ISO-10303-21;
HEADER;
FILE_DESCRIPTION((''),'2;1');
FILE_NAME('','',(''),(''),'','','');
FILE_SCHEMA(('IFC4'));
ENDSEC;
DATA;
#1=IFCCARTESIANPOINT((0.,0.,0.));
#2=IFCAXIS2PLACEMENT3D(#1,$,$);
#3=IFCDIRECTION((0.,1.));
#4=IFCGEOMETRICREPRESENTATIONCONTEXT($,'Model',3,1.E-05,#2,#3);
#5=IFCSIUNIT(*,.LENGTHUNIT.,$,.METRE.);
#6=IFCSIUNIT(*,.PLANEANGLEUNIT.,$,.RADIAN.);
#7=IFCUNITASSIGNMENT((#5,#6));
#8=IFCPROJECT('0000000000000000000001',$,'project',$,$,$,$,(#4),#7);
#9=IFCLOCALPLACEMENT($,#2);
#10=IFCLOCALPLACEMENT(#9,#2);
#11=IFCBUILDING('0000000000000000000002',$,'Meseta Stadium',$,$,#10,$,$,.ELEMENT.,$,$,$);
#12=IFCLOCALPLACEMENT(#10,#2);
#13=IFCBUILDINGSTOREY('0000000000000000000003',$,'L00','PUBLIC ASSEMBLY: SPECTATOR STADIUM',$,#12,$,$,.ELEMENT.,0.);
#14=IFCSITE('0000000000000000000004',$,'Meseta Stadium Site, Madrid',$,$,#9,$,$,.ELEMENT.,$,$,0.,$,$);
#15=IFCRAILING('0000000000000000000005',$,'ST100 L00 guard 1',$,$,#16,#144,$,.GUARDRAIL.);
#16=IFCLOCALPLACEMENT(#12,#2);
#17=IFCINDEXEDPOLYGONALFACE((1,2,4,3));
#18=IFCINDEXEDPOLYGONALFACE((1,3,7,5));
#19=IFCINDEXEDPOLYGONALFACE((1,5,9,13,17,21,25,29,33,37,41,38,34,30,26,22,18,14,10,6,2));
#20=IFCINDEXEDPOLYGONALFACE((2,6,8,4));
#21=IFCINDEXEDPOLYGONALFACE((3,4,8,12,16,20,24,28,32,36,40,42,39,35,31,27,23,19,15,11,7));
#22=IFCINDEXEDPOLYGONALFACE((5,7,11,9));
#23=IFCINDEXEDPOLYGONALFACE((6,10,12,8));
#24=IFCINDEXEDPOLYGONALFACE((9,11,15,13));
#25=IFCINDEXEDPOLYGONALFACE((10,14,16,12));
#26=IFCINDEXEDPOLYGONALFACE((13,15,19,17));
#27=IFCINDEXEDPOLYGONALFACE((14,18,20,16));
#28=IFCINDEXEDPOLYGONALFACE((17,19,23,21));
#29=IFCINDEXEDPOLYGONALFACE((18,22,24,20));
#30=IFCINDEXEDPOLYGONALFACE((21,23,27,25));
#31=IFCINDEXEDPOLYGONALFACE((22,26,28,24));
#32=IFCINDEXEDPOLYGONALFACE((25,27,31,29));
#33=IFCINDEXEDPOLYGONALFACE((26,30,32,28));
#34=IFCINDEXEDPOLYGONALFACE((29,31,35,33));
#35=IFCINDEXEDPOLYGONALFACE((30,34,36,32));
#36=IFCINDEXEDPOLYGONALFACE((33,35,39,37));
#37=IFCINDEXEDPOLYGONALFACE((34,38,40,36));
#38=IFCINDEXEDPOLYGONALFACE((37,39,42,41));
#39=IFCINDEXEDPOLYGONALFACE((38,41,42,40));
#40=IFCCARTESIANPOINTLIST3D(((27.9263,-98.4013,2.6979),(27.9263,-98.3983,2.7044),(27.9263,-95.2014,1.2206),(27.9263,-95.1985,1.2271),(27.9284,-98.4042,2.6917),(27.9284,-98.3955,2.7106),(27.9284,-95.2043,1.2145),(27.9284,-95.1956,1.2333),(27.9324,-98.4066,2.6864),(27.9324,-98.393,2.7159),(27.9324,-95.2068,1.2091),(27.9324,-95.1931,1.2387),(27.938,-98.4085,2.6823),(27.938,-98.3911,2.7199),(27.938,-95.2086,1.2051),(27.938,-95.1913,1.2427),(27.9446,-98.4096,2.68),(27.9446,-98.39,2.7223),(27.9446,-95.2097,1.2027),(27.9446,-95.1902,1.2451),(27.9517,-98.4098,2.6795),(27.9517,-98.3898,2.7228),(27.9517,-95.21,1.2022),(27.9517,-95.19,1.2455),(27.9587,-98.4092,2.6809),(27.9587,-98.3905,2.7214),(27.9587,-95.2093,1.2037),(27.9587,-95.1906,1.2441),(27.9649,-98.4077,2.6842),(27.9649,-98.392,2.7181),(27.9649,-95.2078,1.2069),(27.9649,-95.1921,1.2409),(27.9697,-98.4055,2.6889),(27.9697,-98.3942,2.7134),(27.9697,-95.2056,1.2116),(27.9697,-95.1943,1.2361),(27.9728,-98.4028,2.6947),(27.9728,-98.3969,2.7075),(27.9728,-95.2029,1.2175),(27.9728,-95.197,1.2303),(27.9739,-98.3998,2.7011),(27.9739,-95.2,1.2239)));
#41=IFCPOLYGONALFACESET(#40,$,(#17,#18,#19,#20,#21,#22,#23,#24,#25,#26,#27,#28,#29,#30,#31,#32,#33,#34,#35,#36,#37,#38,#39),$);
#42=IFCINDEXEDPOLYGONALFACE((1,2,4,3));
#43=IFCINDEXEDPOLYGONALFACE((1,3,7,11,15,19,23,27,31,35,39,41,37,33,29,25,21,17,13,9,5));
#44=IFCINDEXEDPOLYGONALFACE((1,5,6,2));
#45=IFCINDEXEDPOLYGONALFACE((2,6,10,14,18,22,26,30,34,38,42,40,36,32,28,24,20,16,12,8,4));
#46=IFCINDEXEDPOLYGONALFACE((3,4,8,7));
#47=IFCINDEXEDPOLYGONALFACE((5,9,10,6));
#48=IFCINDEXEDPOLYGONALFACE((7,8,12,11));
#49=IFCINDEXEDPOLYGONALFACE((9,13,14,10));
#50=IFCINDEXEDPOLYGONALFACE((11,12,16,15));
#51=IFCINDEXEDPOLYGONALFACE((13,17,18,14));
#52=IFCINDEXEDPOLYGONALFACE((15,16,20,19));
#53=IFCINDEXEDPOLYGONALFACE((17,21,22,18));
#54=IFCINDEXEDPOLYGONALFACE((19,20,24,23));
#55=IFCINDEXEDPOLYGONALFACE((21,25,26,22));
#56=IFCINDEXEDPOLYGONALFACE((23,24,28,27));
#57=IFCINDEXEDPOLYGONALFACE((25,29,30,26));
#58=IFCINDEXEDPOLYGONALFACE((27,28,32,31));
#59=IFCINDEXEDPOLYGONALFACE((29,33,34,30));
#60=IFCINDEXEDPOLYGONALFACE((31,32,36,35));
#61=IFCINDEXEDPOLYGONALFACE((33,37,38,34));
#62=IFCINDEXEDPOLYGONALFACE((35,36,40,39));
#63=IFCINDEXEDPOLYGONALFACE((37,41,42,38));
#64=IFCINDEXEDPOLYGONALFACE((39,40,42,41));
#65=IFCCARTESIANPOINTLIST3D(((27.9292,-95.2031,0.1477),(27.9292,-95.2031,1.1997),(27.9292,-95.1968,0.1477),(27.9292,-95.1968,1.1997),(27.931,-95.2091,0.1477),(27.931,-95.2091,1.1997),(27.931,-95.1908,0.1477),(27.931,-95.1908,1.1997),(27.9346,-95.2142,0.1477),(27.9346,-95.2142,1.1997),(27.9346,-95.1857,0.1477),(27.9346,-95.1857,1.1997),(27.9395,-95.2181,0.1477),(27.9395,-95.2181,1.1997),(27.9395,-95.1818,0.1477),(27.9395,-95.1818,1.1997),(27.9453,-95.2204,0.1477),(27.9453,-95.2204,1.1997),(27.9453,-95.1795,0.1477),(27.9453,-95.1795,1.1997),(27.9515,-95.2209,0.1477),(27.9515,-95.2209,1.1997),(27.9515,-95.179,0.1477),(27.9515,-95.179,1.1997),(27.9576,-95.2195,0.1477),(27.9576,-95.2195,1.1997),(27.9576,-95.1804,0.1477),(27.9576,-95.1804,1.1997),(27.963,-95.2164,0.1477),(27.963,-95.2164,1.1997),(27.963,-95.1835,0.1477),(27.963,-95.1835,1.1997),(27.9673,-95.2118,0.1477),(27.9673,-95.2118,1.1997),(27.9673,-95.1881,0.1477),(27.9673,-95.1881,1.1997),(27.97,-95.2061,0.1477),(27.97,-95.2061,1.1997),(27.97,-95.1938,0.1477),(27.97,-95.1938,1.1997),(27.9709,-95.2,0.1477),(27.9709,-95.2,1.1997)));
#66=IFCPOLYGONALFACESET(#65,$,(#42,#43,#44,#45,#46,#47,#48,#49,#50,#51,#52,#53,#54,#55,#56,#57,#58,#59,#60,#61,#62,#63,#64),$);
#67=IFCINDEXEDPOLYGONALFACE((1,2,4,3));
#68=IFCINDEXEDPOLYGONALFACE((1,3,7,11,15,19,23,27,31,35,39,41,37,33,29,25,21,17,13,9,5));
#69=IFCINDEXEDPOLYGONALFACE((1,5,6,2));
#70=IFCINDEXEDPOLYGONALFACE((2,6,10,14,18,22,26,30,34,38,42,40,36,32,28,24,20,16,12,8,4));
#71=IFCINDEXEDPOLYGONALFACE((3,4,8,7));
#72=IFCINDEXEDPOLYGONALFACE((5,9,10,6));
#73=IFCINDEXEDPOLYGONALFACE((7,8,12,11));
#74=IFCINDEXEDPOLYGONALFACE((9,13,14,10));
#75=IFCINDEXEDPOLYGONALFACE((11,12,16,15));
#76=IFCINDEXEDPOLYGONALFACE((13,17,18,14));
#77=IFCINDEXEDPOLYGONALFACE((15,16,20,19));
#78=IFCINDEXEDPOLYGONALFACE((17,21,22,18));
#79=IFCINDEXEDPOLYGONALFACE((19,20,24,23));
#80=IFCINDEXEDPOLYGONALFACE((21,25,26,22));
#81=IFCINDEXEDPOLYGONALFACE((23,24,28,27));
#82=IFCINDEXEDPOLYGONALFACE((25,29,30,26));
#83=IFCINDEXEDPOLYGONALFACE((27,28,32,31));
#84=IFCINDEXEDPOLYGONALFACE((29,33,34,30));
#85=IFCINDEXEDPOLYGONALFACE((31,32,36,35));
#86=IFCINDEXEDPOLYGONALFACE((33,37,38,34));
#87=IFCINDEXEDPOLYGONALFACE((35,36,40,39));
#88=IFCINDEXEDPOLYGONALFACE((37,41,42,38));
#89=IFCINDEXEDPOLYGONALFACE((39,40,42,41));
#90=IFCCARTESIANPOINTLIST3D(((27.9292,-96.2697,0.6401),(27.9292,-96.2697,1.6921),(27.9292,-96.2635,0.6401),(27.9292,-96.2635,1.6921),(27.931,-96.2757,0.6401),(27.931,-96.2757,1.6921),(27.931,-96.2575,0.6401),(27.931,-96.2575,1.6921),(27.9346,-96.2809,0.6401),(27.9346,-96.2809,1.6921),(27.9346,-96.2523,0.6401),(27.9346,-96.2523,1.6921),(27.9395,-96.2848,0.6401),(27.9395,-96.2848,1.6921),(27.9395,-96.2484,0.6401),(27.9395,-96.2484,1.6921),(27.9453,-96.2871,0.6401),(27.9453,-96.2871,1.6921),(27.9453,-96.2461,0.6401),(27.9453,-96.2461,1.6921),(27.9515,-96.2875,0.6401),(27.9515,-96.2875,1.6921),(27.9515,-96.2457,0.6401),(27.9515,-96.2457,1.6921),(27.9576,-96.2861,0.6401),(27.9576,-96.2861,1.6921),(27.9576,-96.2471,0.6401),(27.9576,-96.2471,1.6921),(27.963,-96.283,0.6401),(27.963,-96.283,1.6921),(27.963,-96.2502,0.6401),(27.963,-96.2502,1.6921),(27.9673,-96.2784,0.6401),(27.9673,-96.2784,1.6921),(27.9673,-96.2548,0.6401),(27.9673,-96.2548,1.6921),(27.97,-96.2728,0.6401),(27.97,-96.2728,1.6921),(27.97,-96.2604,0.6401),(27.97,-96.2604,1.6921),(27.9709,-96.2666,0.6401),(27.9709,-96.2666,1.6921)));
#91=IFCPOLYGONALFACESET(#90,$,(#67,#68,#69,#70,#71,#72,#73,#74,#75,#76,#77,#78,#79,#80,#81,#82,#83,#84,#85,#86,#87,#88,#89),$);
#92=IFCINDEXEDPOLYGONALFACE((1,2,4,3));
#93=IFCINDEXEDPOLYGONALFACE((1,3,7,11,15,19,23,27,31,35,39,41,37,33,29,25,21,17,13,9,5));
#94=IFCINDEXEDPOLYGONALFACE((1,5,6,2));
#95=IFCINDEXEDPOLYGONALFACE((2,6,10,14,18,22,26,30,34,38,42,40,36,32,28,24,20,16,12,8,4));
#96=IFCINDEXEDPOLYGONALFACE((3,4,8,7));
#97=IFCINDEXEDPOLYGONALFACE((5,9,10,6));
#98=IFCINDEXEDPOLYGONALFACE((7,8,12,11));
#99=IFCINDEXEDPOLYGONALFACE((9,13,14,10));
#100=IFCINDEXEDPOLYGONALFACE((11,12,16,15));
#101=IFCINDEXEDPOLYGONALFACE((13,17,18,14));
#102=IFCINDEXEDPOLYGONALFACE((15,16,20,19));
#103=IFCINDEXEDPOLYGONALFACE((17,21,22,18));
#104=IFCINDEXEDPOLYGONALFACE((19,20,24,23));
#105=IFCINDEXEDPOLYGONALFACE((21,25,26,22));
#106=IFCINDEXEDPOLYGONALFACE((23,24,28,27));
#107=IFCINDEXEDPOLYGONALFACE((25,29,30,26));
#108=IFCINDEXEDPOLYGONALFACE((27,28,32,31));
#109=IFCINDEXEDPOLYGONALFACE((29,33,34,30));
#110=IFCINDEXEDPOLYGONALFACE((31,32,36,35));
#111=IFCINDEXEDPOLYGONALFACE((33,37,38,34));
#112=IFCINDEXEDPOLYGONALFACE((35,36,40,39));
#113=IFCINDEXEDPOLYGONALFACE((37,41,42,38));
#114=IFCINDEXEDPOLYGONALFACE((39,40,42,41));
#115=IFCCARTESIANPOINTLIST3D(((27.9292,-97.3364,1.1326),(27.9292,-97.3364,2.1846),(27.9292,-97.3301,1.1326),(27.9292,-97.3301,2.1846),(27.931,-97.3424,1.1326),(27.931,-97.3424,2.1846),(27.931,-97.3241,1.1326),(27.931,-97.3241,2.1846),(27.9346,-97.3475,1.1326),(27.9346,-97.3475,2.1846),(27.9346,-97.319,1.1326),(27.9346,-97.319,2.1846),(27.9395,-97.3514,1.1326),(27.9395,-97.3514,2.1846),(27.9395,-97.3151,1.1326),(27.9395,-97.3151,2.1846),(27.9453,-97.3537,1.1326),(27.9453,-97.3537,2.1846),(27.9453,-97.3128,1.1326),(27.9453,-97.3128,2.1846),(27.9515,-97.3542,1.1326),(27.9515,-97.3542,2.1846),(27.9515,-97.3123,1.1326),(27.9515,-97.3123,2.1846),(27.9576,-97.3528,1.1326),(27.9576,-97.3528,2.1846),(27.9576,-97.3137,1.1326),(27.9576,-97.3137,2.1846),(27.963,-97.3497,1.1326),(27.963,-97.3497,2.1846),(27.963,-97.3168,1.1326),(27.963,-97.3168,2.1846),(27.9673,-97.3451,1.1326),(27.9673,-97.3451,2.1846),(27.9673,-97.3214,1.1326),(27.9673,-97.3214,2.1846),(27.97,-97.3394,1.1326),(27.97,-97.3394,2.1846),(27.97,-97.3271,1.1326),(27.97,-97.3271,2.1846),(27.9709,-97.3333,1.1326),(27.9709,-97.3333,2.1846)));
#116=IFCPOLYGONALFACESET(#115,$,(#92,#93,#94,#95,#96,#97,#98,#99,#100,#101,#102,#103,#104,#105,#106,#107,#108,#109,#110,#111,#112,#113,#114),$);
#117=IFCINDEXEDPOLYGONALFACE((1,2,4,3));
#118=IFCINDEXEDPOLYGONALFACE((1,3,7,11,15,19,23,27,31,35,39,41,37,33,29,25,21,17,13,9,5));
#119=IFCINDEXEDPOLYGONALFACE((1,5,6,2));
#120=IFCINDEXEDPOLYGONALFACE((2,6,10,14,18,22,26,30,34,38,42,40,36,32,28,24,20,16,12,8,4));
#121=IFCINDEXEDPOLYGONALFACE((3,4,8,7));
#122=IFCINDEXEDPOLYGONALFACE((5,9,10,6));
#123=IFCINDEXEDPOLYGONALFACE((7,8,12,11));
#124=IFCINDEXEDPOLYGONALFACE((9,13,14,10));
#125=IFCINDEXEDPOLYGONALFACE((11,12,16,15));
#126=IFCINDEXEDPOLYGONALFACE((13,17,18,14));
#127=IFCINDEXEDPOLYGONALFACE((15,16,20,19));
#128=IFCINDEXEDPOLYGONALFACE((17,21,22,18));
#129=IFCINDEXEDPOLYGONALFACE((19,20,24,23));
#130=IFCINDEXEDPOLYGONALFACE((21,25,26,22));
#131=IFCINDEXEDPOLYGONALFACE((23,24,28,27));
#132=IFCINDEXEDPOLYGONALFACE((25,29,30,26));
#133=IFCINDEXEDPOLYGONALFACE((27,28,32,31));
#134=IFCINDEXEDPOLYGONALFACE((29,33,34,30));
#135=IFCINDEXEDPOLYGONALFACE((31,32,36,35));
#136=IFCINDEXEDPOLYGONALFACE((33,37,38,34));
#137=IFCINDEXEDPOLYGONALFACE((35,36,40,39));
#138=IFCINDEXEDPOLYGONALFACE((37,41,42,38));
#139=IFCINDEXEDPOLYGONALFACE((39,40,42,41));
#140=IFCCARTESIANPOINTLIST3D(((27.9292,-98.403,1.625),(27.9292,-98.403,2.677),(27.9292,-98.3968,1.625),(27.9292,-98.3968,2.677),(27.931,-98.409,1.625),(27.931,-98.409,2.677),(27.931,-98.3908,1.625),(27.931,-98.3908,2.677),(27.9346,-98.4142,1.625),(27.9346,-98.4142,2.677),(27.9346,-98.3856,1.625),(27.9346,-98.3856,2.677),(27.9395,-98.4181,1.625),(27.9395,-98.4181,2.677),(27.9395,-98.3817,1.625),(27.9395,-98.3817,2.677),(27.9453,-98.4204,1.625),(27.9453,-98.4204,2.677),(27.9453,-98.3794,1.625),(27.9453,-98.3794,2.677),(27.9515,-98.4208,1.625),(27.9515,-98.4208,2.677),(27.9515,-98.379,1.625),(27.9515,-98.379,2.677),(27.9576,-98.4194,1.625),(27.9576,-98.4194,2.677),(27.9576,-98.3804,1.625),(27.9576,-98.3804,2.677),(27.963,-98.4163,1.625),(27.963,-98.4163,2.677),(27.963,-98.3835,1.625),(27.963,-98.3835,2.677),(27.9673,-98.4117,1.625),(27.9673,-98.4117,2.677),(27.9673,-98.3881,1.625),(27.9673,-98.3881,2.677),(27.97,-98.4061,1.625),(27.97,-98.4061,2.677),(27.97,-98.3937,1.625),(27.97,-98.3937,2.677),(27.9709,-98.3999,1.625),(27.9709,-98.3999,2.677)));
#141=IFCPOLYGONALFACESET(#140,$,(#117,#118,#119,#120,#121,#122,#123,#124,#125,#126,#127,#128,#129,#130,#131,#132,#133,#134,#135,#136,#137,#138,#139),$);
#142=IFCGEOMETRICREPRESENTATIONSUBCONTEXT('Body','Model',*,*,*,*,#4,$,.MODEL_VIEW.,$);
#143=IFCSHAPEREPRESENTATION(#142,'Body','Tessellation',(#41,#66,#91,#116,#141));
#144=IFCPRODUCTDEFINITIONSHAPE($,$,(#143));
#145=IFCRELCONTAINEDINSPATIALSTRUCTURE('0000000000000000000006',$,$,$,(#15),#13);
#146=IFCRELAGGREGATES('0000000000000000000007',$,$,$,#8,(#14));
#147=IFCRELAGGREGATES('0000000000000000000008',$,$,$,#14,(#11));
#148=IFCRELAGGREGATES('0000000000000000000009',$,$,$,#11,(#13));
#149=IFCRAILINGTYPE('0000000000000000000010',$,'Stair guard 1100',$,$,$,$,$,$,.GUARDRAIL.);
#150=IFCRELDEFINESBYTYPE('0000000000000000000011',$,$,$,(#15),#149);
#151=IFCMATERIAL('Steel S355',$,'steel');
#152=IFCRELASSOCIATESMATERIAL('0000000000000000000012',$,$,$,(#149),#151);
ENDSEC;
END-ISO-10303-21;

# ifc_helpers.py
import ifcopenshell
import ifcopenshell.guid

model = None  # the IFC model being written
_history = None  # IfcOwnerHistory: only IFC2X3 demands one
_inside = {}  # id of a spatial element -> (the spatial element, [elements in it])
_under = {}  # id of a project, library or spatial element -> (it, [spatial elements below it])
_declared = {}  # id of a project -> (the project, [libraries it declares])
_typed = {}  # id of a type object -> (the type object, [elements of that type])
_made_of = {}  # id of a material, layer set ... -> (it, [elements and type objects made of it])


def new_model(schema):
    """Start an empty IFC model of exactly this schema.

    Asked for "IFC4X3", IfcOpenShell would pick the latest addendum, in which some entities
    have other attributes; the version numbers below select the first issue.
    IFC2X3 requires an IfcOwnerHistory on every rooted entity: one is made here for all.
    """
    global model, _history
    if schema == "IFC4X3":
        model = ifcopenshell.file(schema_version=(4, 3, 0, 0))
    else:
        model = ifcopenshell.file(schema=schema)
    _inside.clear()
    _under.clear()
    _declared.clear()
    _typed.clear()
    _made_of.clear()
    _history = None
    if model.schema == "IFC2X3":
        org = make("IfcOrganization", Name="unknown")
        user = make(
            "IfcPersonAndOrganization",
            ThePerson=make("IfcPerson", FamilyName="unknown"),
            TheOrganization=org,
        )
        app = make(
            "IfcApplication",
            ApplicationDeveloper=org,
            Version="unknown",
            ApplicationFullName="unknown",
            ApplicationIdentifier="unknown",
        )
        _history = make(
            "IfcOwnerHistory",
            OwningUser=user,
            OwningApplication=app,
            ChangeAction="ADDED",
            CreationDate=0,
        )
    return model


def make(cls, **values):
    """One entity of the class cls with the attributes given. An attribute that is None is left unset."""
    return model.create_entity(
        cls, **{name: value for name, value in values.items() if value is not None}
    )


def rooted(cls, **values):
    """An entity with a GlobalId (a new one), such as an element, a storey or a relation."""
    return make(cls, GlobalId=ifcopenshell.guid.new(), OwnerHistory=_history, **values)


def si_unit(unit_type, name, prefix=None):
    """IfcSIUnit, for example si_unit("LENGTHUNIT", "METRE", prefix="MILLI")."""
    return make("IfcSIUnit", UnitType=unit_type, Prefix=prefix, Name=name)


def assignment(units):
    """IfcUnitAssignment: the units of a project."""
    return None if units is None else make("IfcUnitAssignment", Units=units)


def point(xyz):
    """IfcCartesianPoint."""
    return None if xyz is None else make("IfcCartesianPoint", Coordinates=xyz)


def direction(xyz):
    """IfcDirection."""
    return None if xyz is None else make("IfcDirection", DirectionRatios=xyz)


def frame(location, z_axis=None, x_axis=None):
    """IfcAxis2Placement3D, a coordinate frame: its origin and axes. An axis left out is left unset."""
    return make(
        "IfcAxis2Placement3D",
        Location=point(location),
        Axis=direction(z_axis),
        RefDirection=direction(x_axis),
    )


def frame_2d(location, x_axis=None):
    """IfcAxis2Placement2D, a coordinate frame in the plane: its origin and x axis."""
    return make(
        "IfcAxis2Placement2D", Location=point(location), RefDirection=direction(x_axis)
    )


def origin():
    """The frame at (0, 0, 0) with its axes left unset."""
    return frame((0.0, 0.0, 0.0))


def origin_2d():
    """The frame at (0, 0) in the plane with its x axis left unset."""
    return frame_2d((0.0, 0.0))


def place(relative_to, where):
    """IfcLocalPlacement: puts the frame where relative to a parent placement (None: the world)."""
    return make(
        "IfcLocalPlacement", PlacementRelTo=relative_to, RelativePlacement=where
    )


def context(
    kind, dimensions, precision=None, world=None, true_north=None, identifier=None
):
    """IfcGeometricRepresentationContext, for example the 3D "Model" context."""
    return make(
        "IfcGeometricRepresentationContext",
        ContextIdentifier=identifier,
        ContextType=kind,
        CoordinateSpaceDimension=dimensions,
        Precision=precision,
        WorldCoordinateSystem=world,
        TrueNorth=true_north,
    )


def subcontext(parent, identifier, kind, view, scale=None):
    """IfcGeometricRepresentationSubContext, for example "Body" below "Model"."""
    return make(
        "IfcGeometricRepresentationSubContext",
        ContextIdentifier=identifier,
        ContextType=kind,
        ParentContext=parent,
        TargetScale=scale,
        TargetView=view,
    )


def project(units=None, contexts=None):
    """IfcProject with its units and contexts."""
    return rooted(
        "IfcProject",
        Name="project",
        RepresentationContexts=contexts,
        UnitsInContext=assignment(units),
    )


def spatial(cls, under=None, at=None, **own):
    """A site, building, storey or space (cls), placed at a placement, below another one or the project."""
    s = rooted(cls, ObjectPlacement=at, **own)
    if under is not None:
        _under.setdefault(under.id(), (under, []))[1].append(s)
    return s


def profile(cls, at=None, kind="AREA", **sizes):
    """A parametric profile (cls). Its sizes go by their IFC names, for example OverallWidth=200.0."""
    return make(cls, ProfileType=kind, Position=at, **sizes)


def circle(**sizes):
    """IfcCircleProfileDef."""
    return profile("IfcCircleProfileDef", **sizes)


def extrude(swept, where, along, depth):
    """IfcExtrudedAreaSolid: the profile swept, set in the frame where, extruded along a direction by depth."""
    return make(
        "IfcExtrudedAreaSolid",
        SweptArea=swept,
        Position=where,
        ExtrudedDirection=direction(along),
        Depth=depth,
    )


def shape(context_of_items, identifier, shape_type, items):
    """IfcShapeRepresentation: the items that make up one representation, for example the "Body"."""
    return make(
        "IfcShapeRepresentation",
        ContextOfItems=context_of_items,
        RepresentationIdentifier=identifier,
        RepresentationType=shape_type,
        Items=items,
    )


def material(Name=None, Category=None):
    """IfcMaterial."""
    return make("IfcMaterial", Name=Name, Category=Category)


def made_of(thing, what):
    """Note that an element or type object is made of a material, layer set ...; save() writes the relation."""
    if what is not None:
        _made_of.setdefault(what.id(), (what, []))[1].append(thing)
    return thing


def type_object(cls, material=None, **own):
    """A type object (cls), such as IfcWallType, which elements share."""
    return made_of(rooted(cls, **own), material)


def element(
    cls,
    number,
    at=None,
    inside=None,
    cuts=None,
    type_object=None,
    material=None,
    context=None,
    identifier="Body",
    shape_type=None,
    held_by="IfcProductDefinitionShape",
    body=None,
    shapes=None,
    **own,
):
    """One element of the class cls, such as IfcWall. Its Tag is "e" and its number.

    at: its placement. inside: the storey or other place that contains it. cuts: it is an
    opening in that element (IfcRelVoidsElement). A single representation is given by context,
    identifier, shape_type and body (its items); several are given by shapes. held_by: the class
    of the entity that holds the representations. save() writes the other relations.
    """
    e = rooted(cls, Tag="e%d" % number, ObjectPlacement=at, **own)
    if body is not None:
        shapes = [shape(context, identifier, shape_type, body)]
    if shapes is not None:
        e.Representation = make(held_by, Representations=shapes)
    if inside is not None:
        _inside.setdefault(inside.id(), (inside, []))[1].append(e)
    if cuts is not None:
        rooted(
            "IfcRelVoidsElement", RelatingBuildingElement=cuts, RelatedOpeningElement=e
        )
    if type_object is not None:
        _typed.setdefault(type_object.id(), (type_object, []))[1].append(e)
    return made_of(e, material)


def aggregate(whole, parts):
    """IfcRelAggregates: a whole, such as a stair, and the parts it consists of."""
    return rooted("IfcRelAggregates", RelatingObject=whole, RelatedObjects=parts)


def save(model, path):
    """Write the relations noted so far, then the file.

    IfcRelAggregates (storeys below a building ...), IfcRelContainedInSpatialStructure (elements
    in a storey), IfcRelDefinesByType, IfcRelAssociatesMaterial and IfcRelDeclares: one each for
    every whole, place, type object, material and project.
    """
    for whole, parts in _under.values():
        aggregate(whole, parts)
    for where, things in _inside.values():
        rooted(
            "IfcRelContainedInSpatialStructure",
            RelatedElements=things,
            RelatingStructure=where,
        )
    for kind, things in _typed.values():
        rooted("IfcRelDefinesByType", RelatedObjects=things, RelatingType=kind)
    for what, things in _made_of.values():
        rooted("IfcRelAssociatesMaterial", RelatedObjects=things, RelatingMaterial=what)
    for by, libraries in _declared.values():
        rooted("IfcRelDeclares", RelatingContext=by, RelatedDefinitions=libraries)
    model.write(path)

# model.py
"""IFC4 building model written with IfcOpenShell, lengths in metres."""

from ifc_helpers import new_model, si_unit, direction, frame, origin, origin_2d, place, context, subcontext, project, spatial, circle, extrude, material, type_object, element, save


model = new_model("IFC4")

# Units and contexts
model_context = context("Model", 3, precision=1e-05, world=origin(), true_north=direction((0.0, 1.0)))
body_context = subcontext(model_context, "Body", "Model", "MODEL_VIEW")
ifc_project = project(units=[si_unit("LENGTHUNIT", "METRE"), si_unit("PLANEANGLEUNIT", "RADIAN")], contexts=[model_context])

# Site, building, storey
site_placement = place(None, origin())
site = spatial("IfcSite", under=ifc_project, at=site_placement, Name="Meseta Stadium Site, Madrid", CompositionType="ELEMENT", RefElevation=0.0)
building_placement = place(site_placement, origin())
building = spatial("IfcBuilding", under=site, at=building_placement, Name="Meseta Stadium", CompositionType="ELEMENT")
storey_placement = place(building_placement, origin())
storey = spatial("IfcBuildingStorey", under=building, at=storey_placement, Name="L00", Description="PUBLIC ASSEMBLY: SPECTATOR STADIUM", CompositionType="ELEMENT", Elevation=0.0)

# Railing
ifc_material_1 = material(Name="Steel S355", Category="steel")
railing_type_1 = type_object("IfcRailingType", Name="Stair guard 1100", PredefinedType="GUARDRAIL", material=ifc_material_1)
railing_1_placement = place(storey_placement, frame((27.95, -95.2, 0.1477)))
element("IfcRailing", 1, at=railing_1_placement, inside=storey, type_object=railing_type_1, Name="ST100 L00 guard 1", PredefinedType="GUARDRAIL", context=body_context, shape_type="SweptSolid", body=[
    extrude(circle(Radius=0.0239, at=origin_2d()), frame((0.0, 0.0, 1.0762), z_axis=(0.0, -0.907917, 0.41915), x_axis=(1.0, 0.0, 0.0)), (0.0, 0.0, 1.0), 3.5244),
    extrude(circle(Radius=0.021, at=origin_2d()), origin(), (0.0, 0.0, 1.0), 1.052),
    extrude(circle(Radius=0.021, at=origin_2d()), frame((0.0, -1.0667, 0.4924)), (0.0, 0.0, 1.0), 1.052),
    extrude(circle(Radius=0.021, at=origin_2d()), frame((0.0, -2.1333, 0.9849)), (0.0, 0.0, 1.0), 1.052),
    extrude(circle(Radius=0.021, at=origin_2d()), frame((0.0, -3.2, 1.4773)), (0.0, 0.0, 1.0), 1.052),
])

save(model, "model.ifc")
